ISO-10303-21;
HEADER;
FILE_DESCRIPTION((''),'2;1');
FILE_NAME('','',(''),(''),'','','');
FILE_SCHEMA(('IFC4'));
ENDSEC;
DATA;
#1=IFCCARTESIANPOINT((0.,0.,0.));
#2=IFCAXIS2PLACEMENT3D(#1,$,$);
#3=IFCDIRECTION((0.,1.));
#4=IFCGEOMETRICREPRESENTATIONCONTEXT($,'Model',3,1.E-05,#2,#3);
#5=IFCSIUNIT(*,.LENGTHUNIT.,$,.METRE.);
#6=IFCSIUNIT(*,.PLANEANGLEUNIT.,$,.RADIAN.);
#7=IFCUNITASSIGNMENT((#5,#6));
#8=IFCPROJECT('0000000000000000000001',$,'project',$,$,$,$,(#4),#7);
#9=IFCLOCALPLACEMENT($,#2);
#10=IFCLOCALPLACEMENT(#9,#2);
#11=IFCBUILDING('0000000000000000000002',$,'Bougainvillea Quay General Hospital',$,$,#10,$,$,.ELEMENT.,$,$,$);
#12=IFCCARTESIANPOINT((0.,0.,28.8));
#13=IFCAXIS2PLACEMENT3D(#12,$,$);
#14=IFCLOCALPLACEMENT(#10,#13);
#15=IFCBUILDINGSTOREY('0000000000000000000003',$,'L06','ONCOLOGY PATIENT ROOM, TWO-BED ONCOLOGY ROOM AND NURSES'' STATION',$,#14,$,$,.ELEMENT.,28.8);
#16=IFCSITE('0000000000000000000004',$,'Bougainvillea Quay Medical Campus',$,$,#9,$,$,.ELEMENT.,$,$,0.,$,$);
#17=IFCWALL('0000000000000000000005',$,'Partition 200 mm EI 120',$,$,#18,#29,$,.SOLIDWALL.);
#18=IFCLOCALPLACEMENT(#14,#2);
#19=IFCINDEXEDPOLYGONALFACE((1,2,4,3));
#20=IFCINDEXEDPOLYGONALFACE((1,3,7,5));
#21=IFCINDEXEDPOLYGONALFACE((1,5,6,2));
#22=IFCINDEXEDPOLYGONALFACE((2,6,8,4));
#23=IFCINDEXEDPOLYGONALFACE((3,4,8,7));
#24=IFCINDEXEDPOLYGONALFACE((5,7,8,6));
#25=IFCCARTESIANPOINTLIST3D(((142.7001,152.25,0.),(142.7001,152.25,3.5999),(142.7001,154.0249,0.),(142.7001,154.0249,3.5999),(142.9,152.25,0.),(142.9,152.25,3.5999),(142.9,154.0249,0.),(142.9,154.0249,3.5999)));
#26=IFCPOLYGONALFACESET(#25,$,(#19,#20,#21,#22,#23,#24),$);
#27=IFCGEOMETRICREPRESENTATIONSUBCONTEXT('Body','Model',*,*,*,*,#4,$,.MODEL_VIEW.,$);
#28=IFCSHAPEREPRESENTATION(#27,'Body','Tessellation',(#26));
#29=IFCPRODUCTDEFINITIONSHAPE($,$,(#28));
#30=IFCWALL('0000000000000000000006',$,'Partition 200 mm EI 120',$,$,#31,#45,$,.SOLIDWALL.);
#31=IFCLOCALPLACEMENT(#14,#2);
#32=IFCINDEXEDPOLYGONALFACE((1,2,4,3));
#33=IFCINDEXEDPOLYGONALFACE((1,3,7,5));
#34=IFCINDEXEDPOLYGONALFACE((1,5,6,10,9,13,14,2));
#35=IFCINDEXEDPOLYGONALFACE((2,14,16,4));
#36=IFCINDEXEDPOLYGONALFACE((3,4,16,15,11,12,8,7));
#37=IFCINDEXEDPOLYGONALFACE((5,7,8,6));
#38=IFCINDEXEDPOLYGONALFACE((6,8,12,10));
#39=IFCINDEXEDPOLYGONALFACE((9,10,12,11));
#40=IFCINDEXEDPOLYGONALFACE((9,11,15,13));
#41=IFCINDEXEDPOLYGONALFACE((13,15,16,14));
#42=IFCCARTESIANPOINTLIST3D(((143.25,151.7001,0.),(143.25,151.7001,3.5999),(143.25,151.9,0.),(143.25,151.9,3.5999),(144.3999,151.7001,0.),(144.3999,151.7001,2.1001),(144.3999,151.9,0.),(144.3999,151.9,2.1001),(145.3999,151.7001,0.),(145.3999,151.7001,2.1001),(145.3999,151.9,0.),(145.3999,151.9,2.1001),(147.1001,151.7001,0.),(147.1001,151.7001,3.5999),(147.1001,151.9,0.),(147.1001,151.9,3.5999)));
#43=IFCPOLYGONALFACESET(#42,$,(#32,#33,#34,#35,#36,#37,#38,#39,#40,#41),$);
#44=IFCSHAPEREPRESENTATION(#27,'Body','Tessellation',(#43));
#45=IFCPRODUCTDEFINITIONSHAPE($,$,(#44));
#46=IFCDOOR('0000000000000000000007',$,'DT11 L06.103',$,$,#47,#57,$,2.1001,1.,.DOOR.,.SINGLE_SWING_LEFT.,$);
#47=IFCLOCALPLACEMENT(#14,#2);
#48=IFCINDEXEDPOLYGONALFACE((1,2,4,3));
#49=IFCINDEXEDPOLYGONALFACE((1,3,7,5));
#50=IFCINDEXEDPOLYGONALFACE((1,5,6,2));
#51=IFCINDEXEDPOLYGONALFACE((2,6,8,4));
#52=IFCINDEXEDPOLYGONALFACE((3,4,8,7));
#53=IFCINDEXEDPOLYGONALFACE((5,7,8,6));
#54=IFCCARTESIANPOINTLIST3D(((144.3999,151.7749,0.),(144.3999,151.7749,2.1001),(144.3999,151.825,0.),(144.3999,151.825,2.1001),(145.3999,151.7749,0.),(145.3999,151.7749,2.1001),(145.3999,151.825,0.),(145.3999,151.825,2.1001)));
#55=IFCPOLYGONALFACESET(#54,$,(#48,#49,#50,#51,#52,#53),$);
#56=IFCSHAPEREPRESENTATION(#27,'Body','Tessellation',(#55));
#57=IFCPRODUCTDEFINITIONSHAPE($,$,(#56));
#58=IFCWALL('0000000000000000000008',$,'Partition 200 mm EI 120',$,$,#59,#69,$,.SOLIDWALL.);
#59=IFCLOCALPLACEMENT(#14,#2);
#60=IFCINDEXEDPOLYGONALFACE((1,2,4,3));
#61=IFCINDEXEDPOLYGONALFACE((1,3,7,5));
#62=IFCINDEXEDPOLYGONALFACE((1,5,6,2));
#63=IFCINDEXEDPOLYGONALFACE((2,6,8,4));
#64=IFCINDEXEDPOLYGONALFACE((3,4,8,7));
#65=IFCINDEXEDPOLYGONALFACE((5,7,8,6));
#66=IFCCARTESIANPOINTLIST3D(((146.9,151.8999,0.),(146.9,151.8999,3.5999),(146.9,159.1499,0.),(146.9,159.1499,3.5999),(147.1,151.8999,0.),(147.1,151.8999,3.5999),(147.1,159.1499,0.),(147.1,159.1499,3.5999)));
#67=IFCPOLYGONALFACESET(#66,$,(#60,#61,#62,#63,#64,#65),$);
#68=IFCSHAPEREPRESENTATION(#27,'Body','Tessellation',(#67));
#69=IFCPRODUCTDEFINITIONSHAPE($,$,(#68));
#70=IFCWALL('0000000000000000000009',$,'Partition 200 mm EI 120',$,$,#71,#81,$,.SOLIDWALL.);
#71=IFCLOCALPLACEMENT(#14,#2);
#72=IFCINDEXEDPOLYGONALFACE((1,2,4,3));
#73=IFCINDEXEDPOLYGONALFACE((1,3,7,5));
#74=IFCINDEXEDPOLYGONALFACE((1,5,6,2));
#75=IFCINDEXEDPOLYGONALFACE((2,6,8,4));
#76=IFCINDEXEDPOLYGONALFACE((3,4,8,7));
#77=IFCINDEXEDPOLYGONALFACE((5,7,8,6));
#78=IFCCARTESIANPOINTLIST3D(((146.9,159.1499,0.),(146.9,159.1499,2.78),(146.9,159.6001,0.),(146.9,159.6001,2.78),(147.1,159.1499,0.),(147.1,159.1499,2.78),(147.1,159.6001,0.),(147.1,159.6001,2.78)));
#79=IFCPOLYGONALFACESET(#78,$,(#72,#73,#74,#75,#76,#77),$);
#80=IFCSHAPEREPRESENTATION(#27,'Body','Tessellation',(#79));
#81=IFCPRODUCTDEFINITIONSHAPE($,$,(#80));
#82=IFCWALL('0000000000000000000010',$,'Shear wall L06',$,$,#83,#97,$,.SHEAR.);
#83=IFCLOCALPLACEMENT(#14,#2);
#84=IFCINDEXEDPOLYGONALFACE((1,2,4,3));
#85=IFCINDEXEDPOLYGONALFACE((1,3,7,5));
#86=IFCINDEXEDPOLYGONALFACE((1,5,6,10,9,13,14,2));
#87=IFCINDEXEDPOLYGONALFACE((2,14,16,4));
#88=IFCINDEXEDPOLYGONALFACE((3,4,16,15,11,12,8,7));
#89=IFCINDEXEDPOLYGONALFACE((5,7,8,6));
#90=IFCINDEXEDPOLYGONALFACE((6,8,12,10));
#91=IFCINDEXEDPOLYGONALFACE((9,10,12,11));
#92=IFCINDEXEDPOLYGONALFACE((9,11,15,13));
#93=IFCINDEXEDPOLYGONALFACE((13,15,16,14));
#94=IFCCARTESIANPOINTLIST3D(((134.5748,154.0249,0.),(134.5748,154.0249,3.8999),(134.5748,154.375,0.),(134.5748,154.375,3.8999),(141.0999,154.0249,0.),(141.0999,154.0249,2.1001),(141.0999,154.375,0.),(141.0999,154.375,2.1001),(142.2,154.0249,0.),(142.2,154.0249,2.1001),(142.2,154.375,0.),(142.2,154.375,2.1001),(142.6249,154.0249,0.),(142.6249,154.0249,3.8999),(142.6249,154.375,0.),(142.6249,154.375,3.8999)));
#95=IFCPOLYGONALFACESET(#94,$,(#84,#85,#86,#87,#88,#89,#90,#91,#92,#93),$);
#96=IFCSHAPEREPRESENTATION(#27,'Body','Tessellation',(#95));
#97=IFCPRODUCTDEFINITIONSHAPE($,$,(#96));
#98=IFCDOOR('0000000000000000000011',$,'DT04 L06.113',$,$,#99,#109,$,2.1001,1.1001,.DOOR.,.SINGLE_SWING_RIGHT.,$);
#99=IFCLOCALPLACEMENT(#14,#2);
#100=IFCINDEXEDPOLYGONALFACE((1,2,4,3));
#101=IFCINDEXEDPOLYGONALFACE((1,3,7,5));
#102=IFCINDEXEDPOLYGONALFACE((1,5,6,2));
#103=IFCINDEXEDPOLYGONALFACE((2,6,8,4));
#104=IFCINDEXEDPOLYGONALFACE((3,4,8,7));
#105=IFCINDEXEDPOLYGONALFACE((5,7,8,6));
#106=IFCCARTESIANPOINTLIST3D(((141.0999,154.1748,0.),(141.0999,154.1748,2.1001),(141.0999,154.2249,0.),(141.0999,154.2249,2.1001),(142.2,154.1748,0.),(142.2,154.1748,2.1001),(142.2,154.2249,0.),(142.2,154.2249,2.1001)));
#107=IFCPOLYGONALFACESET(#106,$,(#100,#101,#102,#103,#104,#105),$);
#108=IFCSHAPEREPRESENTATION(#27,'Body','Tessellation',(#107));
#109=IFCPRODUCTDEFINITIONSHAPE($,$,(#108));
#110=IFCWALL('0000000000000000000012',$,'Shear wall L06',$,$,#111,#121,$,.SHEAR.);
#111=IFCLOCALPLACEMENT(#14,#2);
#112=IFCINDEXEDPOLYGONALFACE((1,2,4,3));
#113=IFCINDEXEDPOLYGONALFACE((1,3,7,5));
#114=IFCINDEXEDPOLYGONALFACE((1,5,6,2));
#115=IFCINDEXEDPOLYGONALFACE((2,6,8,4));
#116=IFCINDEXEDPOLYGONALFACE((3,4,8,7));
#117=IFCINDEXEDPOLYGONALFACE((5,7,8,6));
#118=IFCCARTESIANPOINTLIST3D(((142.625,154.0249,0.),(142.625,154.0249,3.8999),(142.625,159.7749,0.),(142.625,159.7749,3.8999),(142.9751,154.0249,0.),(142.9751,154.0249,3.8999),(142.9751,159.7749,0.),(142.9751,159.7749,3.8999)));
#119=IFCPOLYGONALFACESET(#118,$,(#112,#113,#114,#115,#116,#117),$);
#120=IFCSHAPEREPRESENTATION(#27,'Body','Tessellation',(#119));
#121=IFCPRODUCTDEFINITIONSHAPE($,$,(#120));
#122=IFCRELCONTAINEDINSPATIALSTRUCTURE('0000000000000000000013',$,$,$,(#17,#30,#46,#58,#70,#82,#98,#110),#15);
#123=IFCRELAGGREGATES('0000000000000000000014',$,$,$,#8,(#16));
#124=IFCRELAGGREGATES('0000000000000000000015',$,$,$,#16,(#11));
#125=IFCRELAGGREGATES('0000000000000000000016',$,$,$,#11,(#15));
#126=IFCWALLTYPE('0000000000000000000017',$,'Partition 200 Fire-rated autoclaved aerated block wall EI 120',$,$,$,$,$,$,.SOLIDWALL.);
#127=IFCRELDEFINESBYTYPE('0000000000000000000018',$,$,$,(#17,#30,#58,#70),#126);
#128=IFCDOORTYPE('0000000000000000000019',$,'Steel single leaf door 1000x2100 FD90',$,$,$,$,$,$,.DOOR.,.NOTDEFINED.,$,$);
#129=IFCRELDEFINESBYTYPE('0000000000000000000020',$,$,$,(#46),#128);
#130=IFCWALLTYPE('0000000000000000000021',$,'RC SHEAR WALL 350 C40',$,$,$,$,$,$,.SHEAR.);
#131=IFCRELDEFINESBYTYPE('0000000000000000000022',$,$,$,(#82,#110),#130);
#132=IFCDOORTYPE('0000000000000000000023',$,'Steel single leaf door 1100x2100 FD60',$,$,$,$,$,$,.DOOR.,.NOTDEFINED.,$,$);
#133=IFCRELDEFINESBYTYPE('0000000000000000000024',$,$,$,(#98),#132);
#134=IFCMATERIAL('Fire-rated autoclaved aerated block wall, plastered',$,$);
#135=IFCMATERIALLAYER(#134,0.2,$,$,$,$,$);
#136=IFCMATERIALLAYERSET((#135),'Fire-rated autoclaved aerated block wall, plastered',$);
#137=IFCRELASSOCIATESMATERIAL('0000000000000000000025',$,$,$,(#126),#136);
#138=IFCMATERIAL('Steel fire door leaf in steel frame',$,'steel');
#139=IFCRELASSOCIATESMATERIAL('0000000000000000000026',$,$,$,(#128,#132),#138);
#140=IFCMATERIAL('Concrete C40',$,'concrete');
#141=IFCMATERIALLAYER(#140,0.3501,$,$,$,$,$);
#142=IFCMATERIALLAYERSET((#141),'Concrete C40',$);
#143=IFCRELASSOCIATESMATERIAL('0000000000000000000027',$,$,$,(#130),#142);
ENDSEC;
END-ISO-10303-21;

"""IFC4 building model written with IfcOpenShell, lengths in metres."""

from ifc_helpers import new_model, si_unit, direction, frame, frame_2d, origin, place, context, subcontext, project, spatial, rectangle, extrude, material, layer, layer_set, type_object, element, fill, save


model = new_model("IFC4")

# Units and contexts
model_context = context("Model", 3, precision=1e-05, world=origin(), true_north=direction((0.0, 1.0)))
body_context = subcontext(model_context, "Body", "Model", "MODEL_VIEW")
ifc_project = project(units=[si_unit("LENGTHUNIT", "METRE"), si_unit("PLANEANGLEUNIT", "RADIAN")], contexts=[model_context])

# Site, building, storey
site_placement = place(None, origin())
site = spatial("IfcSite", under=ifc_project, at=site_placement, Name="Bougainvillea Quay Medical Campus", CompositionType="ELEMENT", RefElevation=0.0)
building_placement = place(site_placement, origin())
building = spatial("IfcBuilding", under=site, at=building_placement, Name="Bougainvillea Quay General Hospital", CompositionType="ELEMENT")
storey_placement = place(building_placement, frame((0.0, 0.0, 28.8)))
storey = spatial("IfcBuildingStorey", under=building, at=storey_placement, Name="L06", Description="ONCOLOGY PATIENT ROOM, TWO-BED ONCOLOGY ROOM AND NURSES' STATION", CompositionType="ELEMENT", Elevation=28.8)

# Wall
ifc_material_1 = material(Name="Fire-rated autoclaved aerated block wall, plastered")
ifc_layer_1 = layer(ifc_material_1, 0.2)
ifc_layer_set_1 = layer_set([ifc_layer_1], Name="Fire-rated autoclaved aerated block wall, plastered")
wall_type_1 = type_object("IfcWallType", Name="Partition 200 Fire-rated autoclaved aerated block wall EI 120", PredefinedType="SOLIDWALL", material=ifc_layer_set_1)
wall_1_placement = place(storey_placement, frame((142.8, 154.0249, 0.0), z_axis=(0.0, 0.0, 1.0), x_axis=(0.0, -1.0, 0.0)))
element("IfcWall", 1, at=wall_1_placement, inside=storey, type_object=wall_type_1, Name="Partition 200 mm EI 120", PredefinedType="SOLIDWALL", context=body_context, shape_type="SweptSolid", body=[
    extrude(rectangle(XDim=1.7749, YDim=0.2, at=frame_2d((0.8875, 0.0))), origin(), (0.0, 0.0, 1.0), 3.5999),
])

# Wall, opening, door
wall_2_placement = place(storey_placement, frame((143.25, 151.8, 0.0), z_axis=(0.0, 0.0, 1.0), x_axis=(1.0, 0.0, 0.0)))
wall_2 = element("IfcWall", 2, at=wall_2_placement, inside=storey, type_object=wall_type_1, Name="Partition 200 mm EI 120", PredefinedType="SOLIDWALL", context=body_context, shape_type="SweptSolid", body=[
    extrude(rectangle(XDim=3.8501, YDim=0.2, at=frame_2d((1.925, 0.0))), origin(), (0.0, 0.0, 1.0), 3.5999),
])
opening_1_placement = place(wall_2_placement, frame((1.1499, 0.0, 0.0)))
opening_1 = element("IfcOpeningElement", 3, at=opening_1_placement, cuts=wall_2, PredefinedType="OPENING", context=body_context, shape_type="SweptSolid", body=[
    extrude(rectangle(XDim=1.0, YDim=2.1001, at=frame_2d((0.5, 1.05))), frame((0.0, 0.1099, 0.0), z_axis=(0.0, -1.0, 0.0), x_axis=(1.0, 0.0, 0.0)), (0.0, 0.0, 1.0), 0.22),
])
ifc_material_2 = material(Name="Steel fire door leaf in steel frame", Category="steel")
door_type_1 = type_object("IfcDoorType", Name="Steel single leaf door 1000x2100 FD90", OperationType="NOTDEFINED", PredefinedType="DOOR", material=ifc_material_2)
door_1_placement = place(opening_1_placement, origin())
door_1 = element("IfcDoor", 4, at=door_1_placement, inside=storey, type_object=door_type_1, Name="DT11 L06.103", OperationType="SINGLE_SWING_LEFT", OverallHeight=2.1001, OverallWidth=1.0, PredefinedType="DOOR", context=body_context, shape_type="SweptSolid", body=[
    extrude(rectangle(XDim=1.0, YDim=2.1001, at=frame_2d((0.5, 1.05))), frame((0.0, 0.0249, 0.0), z_axis=(0.0, -1.0, 0.0), x_axis=(1.0, 0.0, 0.0)), (0.0, 0.0, 1.0), 0.05),
])
fill(opening_1, door_1)

# Walls
wall_3_placement = place(storey_placement, frame((147.0, 151.8999, 0.0), z_axis=(0.0, 0.0, 1.0), x_axis=(0.0, 1.0, 0.0)))
element("IfcWall", 5, at=wall_3_placement, inside=storey, type_object=wall_type_1, Name="Partition 200 mm EI 120", PredefinedType="SOLIDWALL", context=body_context, shape_type="SweptSolid", body=[
    extrude(rectangle(XDim=7.25, YDim=0.2, at=frame_2d((3.625, 0.0))), origin(), (0.0, 0.0, 1.0), 3.5999),
])
wall_4_placement = place(storey_placement, frame((147.0, 159.1499, 0.0), z_axis=(0.0, 0.0, 1.0), x_axis=(0.0, 1.0, 0.0)))
element("IfcWall", 6, at=wall_4_placement, inside=storey, type_object=wall_type_1, Name="Partition 200 mm EI 120", PredefinedType="SOLIDWALL", context=body_context, shape_type="SweptSolid", body=[
    extrude(rectangle(XDim=0.4502, YDim=0.2, at=frame_2d((0.2251, 0.0))), origin(), (0.0, 0.0, 1.0), 2.78),
])

# Wall, opening, door
ifc_material_3 = material(Name="Concrete C40", Category="concrete")
ifc_layer_2 = layer(ifc_material_3, 0.3501)
ifc_layer_set_2 = layer_set([ifc_layer_2], Name="Concrete C40")
wall_type_2 = type_object("IfcWallType", Name="RC SHEAR WALL 350 C40", PredefinedType="SHEAR", material=ifc_layer_set_2)
wall_5_placement = place(storey_placement, frame((134.575, 154.2, 0.0), z_axis=(0.0, 0.0, 1.0), x_axis=(1.0, 0.0, 0.0)))
wall_5 = element("IfcWall", 7, at=wall_5_placement, inside=storey, type_object=wall_type_2, Name="Shear wall L06", PredefinedType="SHEAR", context=body_context, shape_type="SweptSolid", body=[
    extrude(rectangle(XDim=8.05, YDim=0.3501, at=frame_2d((4.0249, 0.0))), origin(), (0.0, 0.0, 1.0), 3.8999),
])
opening_2_placement = place(wall_5_placement, frame((6.5249, 0.0, 0.0)))
opening_2 = element("IfcOpeningElement", 8, at=opening_2_placement, cuts=wall_5, PredefinedType="OPENING", context=body_context, shape_type="SweptSolid", body=[
    extrude(rectangle(XDim=1.1001, YDim=2.1001, at=frame_2d((0.55, 1.05))), frame((0.0, 0.1851, 0.0), z_axis=(0.0, -1.0, 0.0), x_axis=(1.0, 0.0, 0.0)), (0.0, 0.0, 1.0), 0.3701),
])
door_type_2 = type_object("IfcDoorType", Name="Steel single leaf door 1100x2100 FD60", OperationType="NOTDEFINED", PredefinedType="DOOR", material=ifc_material_2)
door_2_placement = place(opening_2_placement, origin())
door_2 = element("IfcDoor", 9, at=door_2_placement, inside=storey, type_object=door_type_2, Name="DT04 L06.113", OperationType="SINGLE_SWING_RIGHT", OverallHeight=2.1001, OverallWidth=1.1001, PredefinedType="DOOR", context=body_context, shape_type="SweptSolid", body=[
    extrude(rectangle(XDim=1.1001, YDim=2.1001, at=frame_2d((0.55, 1.05))), frame((0.0, 0.0249, 0.0), z_axis=(0.0, -1.0, 0.0), x_axis=(1.0, 0.0, 0.0)), (0.0, 0.0, 1.0), 0.05),
])
fill(opening_2, door_2)

# Wall
wall_6_placement = place(storey_placement, frame((142.8, 154.0249, 0.0), z_axis=(0.0, 0.0, 1.0), x_axis=(0.0, 1.0, 0.0)))
element("IfcWall", 10, at=wall_6_placement, inside=storey, type_object=wall_type_2, Name="Shear wall L06", PredefinedType="SHEAR", context=body_context, shape_type="SweptSolid", body=[
    extrude(rectangle(XDim=5.75, YDim=0.3501, at=frame_2d((2.875, 0.0))), origin(), (0.0, 0.0, 1.0), 3.8999),
])

save(model, "model.ifc")
